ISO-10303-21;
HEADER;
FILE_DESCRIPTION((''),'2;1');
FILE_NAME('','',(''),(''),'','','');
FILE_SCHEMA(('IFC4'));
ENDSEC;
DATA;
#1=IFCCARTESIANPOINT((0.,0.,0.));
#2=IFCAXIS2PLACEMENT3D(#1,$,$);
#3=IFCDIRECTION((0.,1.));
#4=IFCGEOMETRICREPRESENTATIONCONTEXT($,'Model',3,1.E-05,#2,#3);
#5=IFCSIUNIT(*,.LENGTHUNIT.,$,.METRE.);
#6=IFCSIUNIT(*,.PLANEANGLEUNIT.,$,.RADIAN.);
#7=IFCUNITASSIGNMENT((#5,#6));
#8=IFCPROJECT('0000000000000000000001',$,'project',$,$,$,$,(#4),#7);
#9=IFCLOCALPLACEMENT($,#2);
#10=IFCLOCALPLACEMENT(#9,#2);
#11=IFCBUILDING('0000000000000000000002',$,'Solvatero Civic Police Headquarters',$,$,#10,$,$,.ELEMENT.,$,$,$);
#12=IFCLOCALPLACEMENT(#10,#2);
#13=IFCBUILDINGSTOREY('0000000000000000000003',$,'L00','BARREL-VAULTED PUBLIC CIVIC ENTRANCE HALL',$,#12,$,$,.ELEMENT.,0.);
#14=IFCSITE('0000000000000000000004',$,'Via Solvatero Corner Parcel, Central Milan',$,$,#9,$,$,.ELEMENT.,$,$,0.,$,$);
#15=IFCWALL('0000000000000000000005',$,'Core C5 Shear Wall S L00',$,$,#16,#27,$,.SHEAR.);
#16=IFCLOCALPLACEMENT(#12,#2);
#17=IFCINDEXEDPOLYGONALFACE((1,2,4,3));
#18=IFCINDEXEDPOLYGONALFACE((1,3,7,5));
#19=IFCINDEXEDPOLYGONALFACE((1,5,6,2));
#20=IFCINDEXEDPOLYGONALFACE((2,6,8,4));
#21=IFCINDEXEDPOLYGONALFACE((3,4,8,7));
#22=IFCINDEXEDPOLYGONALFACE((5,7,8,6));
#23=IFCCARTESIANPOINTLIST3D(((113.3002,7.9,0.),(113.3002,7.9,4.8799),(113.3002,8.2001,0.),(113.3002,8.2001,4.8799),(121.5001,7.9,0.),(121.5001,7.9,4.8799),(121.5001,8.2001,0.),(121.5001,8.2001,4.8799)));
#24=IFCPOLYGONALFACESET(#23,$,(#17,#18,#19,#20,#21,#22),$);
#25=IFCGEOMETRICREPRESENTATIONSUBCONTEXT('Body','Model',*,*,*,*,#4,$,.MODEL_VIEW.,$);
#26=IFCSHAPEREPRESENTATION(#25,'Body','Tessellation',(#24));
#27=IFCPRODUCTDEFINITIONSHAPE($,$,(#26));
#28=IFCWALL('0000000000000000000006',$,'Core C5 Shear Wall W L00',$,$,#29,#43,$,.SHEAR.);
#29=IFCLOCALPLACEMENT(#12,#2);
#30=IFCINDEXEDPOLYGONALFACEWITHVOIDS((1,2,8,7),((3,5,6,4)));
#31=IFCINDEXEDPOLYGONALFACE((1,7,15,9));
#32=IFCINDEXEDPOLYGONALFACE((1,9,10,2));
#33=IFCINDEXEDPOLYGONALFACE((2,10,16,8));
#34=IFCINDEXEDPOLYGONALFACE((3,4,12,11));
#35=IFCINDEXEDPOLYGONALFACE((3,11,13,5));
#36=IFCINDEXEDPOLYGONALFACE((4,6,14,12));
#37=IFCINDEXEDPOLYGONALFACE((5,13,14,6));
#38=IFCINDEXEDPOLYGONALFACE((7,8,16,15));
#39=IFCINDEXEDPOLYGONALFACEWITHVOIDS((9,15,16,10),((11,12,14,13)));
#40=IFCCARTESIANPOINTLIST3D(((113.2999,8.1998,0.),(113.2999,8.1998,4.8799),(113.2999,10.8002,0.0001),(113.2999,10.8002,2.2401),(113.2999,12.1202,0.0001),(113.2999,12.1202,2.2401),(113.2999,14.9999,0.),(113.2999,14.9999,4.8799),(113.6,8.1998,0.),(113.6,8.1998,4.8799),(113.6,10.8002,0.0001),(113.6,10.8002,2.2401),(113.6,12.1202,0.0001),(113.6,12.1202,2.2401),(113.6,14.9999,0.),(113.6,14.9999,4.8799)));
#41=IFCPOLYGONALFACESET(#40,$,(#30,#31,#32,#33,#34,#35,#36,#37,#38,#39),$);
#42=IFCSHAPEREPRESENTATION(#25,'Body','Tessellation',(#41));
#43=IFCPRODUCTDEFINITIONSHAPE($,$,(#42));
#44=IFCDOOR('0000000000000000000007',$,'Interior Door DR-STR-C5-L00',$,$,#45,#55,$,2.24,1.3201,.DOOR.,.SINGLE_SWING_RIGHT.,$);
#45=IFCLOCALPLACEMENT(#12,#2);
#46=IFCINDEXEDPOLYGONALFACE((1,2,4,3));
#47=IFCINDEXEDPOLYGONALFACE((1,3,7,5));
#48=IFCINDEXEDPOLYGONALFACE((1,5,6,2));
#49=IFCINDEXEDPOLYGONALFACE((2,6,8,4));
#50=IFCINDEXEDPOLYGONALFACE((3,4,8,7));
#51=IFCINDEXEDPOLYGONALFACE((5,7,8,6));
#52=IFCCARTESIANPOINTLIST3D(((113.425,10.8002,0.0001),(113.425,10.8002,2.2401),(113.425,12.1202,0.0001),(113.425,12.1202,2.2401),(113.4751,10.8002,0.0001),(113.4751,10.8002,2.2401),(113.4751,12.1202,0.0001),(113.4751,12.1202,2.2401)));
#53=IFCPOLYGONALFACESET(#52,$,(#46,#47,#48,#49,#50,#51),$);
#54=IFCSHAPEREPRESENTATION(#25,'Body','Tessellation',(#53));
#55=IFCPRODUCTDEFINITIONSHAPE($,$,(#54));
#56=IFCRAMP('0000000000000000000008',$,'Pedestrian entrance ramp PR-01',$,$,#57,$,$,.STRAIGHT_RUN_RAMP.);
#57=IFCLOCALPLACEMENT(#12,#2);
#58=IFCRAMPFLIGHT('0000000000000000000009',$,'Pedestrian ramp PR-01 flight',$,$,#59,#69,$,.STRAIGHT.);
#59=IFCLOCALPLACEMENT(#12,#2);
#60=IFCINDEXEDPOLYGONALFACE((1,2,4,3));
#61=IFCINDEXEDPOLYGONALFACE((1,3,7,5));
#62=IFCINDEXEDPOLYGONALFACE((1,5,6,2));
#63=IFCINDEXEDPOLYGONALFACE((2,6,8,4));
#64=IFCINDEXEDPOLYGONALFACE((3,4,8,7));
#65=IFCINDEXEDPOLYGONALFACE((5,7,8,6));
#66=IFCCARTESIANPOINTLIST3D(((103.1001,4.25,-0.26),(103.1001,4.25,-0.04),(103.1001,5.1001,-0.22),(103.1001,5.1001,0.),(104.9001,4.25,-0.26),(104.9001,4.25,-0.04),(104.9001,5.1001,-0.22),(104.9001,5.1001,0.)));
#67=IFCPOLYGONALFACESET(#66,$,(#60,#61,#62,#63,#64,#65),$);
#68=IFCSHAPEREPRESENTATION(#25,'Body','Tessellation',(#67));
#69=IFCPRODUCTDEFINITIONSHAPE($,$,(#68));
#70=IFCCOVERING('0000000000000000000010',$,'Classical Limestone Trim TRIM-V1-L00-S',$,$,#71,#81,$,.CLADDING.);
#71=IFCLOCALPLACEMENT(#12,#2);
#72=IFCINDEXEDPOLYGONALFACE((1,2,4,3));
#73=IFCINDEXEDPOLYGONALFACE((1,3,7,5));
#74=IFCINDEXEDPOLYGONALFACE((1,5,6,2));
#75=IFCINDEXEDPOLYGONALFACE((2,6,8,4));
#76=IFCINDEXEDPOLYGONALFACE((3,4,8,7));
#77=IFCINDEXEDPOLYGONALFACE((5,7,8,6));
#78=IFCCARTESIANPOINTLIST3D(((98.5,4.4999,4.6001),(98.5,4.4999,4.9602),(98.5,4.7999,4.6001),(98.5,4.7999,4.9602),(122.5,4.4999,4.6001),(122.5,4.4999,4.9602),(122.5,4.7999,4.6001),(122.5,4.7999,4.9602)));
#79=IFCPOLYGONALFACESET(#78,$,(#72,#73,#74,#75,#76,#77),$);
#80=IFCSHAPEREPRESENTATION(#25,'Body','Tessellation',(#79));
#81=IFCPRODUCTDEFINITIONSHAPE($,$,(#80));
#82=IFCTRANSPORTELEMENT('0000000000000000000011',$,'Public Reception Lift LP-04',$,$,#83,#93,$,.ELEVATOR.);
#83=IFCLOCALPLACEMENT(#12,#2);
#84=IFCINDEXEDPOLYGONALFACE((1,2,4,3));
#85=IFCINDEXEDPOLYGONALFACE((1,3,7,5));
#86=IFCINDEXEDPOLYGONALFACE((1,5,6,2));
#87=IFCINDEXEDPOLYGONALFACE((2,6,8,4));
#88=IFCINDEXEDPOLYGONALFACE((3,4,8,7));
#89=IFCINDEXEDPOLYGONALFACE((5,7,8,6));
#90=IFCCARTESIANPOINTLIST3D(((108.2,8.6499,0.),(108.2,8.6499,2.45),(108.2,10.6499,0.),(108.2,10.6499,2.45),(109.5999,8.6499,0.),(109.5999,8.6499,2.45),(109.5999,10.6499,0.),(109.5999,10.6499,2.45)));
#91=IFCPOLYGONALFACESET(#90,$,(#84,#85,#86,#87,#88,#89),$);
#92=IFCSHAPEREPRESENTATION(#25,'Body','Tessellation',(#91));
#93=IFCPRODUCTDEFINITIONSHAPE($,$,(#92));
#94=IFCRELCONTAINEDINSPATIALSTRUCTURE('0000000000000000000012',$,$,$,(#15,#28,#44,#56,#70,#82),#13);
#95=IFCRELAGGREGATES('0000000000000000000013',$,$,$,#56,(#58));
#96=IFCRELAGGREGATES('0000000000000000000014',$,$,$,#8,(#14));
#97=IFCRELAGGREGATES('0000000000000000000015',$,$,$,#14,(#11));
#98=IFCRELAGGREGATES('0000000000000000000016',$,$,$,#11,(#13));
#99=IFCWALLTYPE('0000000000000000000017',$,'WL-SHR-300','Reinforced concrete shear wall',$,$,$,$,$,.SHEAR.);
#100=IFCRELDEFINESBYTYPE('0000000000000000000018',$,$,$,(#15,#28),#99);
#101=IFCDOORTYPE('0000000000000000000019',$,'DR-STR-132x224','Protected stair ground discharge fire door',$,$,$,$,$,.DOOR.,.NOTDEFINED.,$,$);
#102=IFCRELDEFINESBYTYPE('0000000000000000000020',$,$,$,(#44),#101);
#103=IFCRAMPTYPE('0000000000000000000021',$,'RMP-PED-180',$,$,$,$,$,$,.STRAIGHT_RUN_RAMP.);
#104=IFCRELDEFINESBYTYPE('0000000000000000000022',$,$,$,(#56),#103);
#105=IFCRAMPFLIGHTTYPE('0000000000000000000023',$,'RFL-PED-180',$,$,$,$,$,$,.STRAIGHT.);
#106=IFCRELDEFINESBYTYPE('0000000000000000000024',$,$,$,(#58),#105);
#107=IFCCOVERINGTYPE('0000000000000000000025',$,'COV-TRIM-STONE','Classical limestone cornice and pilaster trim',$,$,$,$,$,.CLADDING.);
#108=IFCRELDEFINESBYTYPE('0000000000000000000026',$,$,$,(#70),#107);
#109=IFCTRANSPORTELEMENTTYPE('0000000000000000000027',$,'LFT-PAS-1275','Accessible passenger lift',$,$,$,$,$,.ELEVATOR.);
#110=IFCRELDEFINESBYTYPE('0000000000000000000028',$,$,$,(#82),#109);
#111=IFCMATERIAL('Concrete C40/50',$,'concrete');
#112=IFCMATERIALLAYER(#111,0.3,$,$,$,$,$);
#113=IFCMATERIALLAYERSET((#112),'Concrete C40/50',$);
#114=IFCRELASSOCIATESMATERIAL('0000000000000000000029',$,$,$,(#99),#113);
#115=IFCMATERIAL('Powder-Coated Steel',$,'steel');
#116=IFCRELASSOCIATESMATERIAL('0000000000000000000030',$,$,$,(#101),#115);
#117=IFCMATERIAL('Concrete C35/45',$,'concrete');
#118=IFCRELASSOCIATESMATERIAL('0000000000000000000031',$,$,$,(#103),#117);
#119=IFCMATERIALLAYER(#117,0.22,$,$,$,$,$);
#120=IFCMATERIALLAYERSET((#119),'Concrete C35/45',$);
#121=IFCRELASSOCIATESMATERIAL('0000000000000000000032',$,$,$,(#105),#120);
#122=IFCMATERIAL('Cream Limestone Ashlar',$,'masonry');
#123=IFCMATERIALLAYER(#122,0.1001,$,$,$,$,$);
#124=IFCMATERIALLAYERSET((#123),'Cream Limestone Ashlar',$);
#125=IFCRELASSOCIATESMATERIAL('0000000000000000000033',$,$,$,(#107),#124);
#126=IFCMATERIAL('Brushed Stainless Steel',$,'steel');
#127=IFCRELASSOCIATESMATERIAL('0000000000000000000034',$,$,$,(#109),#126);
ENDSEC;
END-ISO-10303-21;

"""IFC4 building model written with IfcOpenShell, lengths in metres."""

from ifc_helpers import new_model, si_unit, direction, frame, frame_2d, origin, origin_2d, place, context, subcontext, project, spatial, polyline, rectangle, outline, extrude, material, layer, layer_set, type_object, element, fill, aggregate, save


model = new_model("IFC4")

# Units and contexts
model_context = context("Model", 3, precision=1e-05, world=origin(), true_north=direction((0.0, 1.0)))
body_context = subcontext(model_context, "Body", "Model", "MODEL_VIEW")
ifc_project = project(units=[si_unit("LENGTHUNIT", "METRE"), si_unit("PLANEANGLEUNIT", "RADIAN")], contexts=[model_context])

# Site, building, storey
site_placement = place(None, origin())
site = spatial("IfcSite", under=ifc_project, at=site_placement, Name="Via Solvatero Corner Parcel, Central Milan", CompositionType="ELEMENT", RefElevation=0.0)
building_placement = place(site_placement, origin())
building = spatial("IfcBuilding", under=site, at=building_placement, Name="Solvatero Civic Police Headquarters", CompositionType="ELEMENT")
storey_placement = place(building_placement, origin())
storey = spatial("IfcBuildingStorey", under=building, at=storey_placement, Name="L00", Description="BARREL-VAULTED PUBLIC CIVIC ENTRANCE HALL", CompositionType="ELEMENT", Elevation=0.0)

# Shared definitions
ifc_material_1 = material(Name="Concrete C40/50", Category="concrete")

# Shared definitions
ifc_material_2 = material(Name="Concrete C35/45", Category="concrete")

# Wall
ifc_layer_1 = layer(ifc_material_1, 0.3)
ifc_layer_set_1 = layer_set([ifc_layer_1], Name="Concrete C40/50")
wall_type_1 = type_object("IfcWallType", Name="WL-SHR-300", Description="Reinforced concrete shear wall", PredefinedType="SHEAR", material=ifc_layer_set_1)
wall_1_placement = place(storey_placement, frame((113.3, 8.05, 0.0), z_axis=(0.0, 0.0, 1.0), x_axis=(1.0, 0.0, 0.0)))
element("IfcWall", 1, at=wall_1_placement, inside=storey, type_object=wall_type_1, Name="Core C5 Shear Wall S L00", PredefinedType="SHEAR", context=body_context, shape_type="SweptSolid", body=[
    extrude(rectangle(XDim=8.2, YDim=0.3, at=frame_2d((4.1001, 0.0))), origin(), (0.0, 0.0, 1.0), 4.8799),
])

# Wall, opening, door
wall_2_placement = place(storey_placement, frame((113.45, 8.2, 0.0), z_axis=(0.0, 0.0, 1.0), x_axis=(0.0, 1.0, 0.0)))
wall_2 = element("IfcWall", 2, at=wall_2_placement, inside=storey, type_object=wall_type_1, Name="Core C5 Shear Wall W L00", PredefinedType="SHEAR", context=body_context, shape_type="SweptSolid", body=[
    extrude(rectangle(XDim=6.8, YDim=0.3, at=frame_2d((3.3999, 0.0))), origin(), (0.0, 0.0, 1.0), 4.8799),
])
opening_1_placement = place(wall_2_placement, frame((2.6001, 0.0, 0.0)))
opening_1 = element("IfcOpeningElement", 3, at=opening_1_placement, cuts=wall_2, PredefinedType="OPENING", context=body_context, shape_type="SweptSolid", body=[
    extrude(rectangle(XDim=1.3201, YDim=2.24, at=frame_2d((0.6602, 1.1201))), frame((0.0, 0.1599, 0.0), z_axis=(0.0, -1.0, 0.0), x_axis=(1.0, 0.0, 0.0)), (0.0, 0.0, 1.0), 0.3201),
])
ifc_material_3 = material(Name="Powder-Coated Steel", Category="steel")
door_type_1 = type_object("IfcDoorType", Name="DR-STR-132x224", Description="Protected stair ground discharge fire door", OperationType="NOTDEFINED", PredefinedType="DOOR", material=ifc_material_3)
door_1_placement = place(opening_1_placement, origin())
door_1 = element("IfcDoor", 4, at=door_1_placement, inside=storey, type_object=door_type_1, Name="Interior Door DR-STR-C5-L00", OperationType="SINGLE_SWING_RIGHT", OverallHeight=2.24, OverallWidth=1.3201, PredefinedType="DOOR", context=body_context, shape_type="SweptSolid", body=[
    extrude(rectangle(XDim=1.3201, YDim=2.24, at=frame_2d((0.6602, 1.1201))), frame((0.0, 0.0249, 0.0), z_axis=(0.0, -1.0, 0.0), x_axis=(1.0, 0.0, 0.0)), (0.0, 0.0, 1.0), 0.05),
])
fill(opening_1, door_1)

# Ramp, ramp flight
ramp_type = type_object("IfcRampType", Name="RMP-PED-180", PredefinedType="STRAIGHT_RUN_RAMP", material=ifc_material_2)
ramp_placement = place(storey_placement, origin())
ramp = element("IfcRamp", 5, at=ramp_placement, inside=storey, type_object=ramp_type, Name="Pedestrian entrance ramp PR-01", PredefinedType="STRAIGHT_RUN_RAMP")
ifc_layer_2 = layer(ifc_material_2, 0.22)
ifc_layer_set_2 = layer_set([ifc_layer_2], Name="Concrete C35/45")
ramp_flight_type = type_object("IfcRampFlightType", Name="RFL-PED-180", PredefinedType="STRAIGHT", material=ifc_layer_set_2)
ramp_flight_placement = place(storey_placement, frame((104.0, 4.25, -0.04), z_axis=(0.0, 0.0, 1.0), x_axis=(0.0, 1.0, 0.0)))
ramp_flight = element("IfcRampFlight", 6, at=ramp_flight_placement, type_object=ramp_flight_type, Name="Pedestrian ramp PR-01 flight", PredefinedType="STRAIGHT", context=body_context, shape_type="SweptSolid", body=[
    extrude(outline(polyline([(0.0, 0.0), (0.8501, 0.04), (0.8501, -0.1799), (0.0, -0.22), (0.0, 0.0)])), frame((0.0, 0.8999, 0.0), z_axis=(0.0, -1.0, 0.0), x_axis=(1.0, 0.0, 0.0)), (0.0, 0.0, 1.0), 1.8),
])
aggregate(ramp, [ramp_flight])

# Covering
ifc_material_4 = material(Name="Cream Limestone Ashlar", Category="masonry")
ifc_layer_3 = layer(ifc_material_4, 0.1001)
ifc_layer_set_3 = layer_set([ifc_layer_3], Name="Cream Limestone Ashlar")
covering_type = type_object("IfcCoveringType", Name="COV-TRIM-STONE", Description="Classical limestone cornice and pilaster trim", PredefinedType="CLADDING", material=ifc_layer_set_3)
covering_placement = place(storey_placement, frame((110.5, 4.6499, 4.6001), z_axis=(0.0, 0.0, 1.0), x_axis=(1.0, 0.0, 0.0)))
element("IfcCovering", 7, at=covering_placement, inside=storey, type_object=covering_type, Name="Classical Limestone Trim TRIM-V1-L00-S", PredefinedType="CLADDING", context=body_context, shape_type="SweptSolid", body=[
    extrude(rectangle(XDim=24.0, YDim=0.3, at=origin_2d()), origin(), (0.0, 0.0, 1.0), 0.3601),
])

# Transport element
ifc_material_5 = material(Name="Brushed Stainless Steel", Category="steel")
transport_element_type = type_object("IfcTransportElementType", Name="LFT-PAS-1275", Description="Accessible passenger lift", PredefinedType="ELEVATOR", material=ifc_material_5)
transport_element_placement = place(storey_placement, frame((108.8999, 9.6499, 0.0), z_axis=(0.0, 0.0, 1.0), x_axis=(1.0, 0.0, 0.0)))
element("IfcTransportElement", 8, at=transport_element_placement, inside=storey, type_object=transport_element_type, Name="Public Reception Lift LP-04", PredefinedType="ELEVATOR", context=body_context, shape_type="SweptSolid", body=[
    extrude(rectangle(XDim=1.3999, YDim=2.0, at=origin_2d()), origin(), (0.0, 0.0, 1.0), 2.45),
])

save(model, "model.ifc")
